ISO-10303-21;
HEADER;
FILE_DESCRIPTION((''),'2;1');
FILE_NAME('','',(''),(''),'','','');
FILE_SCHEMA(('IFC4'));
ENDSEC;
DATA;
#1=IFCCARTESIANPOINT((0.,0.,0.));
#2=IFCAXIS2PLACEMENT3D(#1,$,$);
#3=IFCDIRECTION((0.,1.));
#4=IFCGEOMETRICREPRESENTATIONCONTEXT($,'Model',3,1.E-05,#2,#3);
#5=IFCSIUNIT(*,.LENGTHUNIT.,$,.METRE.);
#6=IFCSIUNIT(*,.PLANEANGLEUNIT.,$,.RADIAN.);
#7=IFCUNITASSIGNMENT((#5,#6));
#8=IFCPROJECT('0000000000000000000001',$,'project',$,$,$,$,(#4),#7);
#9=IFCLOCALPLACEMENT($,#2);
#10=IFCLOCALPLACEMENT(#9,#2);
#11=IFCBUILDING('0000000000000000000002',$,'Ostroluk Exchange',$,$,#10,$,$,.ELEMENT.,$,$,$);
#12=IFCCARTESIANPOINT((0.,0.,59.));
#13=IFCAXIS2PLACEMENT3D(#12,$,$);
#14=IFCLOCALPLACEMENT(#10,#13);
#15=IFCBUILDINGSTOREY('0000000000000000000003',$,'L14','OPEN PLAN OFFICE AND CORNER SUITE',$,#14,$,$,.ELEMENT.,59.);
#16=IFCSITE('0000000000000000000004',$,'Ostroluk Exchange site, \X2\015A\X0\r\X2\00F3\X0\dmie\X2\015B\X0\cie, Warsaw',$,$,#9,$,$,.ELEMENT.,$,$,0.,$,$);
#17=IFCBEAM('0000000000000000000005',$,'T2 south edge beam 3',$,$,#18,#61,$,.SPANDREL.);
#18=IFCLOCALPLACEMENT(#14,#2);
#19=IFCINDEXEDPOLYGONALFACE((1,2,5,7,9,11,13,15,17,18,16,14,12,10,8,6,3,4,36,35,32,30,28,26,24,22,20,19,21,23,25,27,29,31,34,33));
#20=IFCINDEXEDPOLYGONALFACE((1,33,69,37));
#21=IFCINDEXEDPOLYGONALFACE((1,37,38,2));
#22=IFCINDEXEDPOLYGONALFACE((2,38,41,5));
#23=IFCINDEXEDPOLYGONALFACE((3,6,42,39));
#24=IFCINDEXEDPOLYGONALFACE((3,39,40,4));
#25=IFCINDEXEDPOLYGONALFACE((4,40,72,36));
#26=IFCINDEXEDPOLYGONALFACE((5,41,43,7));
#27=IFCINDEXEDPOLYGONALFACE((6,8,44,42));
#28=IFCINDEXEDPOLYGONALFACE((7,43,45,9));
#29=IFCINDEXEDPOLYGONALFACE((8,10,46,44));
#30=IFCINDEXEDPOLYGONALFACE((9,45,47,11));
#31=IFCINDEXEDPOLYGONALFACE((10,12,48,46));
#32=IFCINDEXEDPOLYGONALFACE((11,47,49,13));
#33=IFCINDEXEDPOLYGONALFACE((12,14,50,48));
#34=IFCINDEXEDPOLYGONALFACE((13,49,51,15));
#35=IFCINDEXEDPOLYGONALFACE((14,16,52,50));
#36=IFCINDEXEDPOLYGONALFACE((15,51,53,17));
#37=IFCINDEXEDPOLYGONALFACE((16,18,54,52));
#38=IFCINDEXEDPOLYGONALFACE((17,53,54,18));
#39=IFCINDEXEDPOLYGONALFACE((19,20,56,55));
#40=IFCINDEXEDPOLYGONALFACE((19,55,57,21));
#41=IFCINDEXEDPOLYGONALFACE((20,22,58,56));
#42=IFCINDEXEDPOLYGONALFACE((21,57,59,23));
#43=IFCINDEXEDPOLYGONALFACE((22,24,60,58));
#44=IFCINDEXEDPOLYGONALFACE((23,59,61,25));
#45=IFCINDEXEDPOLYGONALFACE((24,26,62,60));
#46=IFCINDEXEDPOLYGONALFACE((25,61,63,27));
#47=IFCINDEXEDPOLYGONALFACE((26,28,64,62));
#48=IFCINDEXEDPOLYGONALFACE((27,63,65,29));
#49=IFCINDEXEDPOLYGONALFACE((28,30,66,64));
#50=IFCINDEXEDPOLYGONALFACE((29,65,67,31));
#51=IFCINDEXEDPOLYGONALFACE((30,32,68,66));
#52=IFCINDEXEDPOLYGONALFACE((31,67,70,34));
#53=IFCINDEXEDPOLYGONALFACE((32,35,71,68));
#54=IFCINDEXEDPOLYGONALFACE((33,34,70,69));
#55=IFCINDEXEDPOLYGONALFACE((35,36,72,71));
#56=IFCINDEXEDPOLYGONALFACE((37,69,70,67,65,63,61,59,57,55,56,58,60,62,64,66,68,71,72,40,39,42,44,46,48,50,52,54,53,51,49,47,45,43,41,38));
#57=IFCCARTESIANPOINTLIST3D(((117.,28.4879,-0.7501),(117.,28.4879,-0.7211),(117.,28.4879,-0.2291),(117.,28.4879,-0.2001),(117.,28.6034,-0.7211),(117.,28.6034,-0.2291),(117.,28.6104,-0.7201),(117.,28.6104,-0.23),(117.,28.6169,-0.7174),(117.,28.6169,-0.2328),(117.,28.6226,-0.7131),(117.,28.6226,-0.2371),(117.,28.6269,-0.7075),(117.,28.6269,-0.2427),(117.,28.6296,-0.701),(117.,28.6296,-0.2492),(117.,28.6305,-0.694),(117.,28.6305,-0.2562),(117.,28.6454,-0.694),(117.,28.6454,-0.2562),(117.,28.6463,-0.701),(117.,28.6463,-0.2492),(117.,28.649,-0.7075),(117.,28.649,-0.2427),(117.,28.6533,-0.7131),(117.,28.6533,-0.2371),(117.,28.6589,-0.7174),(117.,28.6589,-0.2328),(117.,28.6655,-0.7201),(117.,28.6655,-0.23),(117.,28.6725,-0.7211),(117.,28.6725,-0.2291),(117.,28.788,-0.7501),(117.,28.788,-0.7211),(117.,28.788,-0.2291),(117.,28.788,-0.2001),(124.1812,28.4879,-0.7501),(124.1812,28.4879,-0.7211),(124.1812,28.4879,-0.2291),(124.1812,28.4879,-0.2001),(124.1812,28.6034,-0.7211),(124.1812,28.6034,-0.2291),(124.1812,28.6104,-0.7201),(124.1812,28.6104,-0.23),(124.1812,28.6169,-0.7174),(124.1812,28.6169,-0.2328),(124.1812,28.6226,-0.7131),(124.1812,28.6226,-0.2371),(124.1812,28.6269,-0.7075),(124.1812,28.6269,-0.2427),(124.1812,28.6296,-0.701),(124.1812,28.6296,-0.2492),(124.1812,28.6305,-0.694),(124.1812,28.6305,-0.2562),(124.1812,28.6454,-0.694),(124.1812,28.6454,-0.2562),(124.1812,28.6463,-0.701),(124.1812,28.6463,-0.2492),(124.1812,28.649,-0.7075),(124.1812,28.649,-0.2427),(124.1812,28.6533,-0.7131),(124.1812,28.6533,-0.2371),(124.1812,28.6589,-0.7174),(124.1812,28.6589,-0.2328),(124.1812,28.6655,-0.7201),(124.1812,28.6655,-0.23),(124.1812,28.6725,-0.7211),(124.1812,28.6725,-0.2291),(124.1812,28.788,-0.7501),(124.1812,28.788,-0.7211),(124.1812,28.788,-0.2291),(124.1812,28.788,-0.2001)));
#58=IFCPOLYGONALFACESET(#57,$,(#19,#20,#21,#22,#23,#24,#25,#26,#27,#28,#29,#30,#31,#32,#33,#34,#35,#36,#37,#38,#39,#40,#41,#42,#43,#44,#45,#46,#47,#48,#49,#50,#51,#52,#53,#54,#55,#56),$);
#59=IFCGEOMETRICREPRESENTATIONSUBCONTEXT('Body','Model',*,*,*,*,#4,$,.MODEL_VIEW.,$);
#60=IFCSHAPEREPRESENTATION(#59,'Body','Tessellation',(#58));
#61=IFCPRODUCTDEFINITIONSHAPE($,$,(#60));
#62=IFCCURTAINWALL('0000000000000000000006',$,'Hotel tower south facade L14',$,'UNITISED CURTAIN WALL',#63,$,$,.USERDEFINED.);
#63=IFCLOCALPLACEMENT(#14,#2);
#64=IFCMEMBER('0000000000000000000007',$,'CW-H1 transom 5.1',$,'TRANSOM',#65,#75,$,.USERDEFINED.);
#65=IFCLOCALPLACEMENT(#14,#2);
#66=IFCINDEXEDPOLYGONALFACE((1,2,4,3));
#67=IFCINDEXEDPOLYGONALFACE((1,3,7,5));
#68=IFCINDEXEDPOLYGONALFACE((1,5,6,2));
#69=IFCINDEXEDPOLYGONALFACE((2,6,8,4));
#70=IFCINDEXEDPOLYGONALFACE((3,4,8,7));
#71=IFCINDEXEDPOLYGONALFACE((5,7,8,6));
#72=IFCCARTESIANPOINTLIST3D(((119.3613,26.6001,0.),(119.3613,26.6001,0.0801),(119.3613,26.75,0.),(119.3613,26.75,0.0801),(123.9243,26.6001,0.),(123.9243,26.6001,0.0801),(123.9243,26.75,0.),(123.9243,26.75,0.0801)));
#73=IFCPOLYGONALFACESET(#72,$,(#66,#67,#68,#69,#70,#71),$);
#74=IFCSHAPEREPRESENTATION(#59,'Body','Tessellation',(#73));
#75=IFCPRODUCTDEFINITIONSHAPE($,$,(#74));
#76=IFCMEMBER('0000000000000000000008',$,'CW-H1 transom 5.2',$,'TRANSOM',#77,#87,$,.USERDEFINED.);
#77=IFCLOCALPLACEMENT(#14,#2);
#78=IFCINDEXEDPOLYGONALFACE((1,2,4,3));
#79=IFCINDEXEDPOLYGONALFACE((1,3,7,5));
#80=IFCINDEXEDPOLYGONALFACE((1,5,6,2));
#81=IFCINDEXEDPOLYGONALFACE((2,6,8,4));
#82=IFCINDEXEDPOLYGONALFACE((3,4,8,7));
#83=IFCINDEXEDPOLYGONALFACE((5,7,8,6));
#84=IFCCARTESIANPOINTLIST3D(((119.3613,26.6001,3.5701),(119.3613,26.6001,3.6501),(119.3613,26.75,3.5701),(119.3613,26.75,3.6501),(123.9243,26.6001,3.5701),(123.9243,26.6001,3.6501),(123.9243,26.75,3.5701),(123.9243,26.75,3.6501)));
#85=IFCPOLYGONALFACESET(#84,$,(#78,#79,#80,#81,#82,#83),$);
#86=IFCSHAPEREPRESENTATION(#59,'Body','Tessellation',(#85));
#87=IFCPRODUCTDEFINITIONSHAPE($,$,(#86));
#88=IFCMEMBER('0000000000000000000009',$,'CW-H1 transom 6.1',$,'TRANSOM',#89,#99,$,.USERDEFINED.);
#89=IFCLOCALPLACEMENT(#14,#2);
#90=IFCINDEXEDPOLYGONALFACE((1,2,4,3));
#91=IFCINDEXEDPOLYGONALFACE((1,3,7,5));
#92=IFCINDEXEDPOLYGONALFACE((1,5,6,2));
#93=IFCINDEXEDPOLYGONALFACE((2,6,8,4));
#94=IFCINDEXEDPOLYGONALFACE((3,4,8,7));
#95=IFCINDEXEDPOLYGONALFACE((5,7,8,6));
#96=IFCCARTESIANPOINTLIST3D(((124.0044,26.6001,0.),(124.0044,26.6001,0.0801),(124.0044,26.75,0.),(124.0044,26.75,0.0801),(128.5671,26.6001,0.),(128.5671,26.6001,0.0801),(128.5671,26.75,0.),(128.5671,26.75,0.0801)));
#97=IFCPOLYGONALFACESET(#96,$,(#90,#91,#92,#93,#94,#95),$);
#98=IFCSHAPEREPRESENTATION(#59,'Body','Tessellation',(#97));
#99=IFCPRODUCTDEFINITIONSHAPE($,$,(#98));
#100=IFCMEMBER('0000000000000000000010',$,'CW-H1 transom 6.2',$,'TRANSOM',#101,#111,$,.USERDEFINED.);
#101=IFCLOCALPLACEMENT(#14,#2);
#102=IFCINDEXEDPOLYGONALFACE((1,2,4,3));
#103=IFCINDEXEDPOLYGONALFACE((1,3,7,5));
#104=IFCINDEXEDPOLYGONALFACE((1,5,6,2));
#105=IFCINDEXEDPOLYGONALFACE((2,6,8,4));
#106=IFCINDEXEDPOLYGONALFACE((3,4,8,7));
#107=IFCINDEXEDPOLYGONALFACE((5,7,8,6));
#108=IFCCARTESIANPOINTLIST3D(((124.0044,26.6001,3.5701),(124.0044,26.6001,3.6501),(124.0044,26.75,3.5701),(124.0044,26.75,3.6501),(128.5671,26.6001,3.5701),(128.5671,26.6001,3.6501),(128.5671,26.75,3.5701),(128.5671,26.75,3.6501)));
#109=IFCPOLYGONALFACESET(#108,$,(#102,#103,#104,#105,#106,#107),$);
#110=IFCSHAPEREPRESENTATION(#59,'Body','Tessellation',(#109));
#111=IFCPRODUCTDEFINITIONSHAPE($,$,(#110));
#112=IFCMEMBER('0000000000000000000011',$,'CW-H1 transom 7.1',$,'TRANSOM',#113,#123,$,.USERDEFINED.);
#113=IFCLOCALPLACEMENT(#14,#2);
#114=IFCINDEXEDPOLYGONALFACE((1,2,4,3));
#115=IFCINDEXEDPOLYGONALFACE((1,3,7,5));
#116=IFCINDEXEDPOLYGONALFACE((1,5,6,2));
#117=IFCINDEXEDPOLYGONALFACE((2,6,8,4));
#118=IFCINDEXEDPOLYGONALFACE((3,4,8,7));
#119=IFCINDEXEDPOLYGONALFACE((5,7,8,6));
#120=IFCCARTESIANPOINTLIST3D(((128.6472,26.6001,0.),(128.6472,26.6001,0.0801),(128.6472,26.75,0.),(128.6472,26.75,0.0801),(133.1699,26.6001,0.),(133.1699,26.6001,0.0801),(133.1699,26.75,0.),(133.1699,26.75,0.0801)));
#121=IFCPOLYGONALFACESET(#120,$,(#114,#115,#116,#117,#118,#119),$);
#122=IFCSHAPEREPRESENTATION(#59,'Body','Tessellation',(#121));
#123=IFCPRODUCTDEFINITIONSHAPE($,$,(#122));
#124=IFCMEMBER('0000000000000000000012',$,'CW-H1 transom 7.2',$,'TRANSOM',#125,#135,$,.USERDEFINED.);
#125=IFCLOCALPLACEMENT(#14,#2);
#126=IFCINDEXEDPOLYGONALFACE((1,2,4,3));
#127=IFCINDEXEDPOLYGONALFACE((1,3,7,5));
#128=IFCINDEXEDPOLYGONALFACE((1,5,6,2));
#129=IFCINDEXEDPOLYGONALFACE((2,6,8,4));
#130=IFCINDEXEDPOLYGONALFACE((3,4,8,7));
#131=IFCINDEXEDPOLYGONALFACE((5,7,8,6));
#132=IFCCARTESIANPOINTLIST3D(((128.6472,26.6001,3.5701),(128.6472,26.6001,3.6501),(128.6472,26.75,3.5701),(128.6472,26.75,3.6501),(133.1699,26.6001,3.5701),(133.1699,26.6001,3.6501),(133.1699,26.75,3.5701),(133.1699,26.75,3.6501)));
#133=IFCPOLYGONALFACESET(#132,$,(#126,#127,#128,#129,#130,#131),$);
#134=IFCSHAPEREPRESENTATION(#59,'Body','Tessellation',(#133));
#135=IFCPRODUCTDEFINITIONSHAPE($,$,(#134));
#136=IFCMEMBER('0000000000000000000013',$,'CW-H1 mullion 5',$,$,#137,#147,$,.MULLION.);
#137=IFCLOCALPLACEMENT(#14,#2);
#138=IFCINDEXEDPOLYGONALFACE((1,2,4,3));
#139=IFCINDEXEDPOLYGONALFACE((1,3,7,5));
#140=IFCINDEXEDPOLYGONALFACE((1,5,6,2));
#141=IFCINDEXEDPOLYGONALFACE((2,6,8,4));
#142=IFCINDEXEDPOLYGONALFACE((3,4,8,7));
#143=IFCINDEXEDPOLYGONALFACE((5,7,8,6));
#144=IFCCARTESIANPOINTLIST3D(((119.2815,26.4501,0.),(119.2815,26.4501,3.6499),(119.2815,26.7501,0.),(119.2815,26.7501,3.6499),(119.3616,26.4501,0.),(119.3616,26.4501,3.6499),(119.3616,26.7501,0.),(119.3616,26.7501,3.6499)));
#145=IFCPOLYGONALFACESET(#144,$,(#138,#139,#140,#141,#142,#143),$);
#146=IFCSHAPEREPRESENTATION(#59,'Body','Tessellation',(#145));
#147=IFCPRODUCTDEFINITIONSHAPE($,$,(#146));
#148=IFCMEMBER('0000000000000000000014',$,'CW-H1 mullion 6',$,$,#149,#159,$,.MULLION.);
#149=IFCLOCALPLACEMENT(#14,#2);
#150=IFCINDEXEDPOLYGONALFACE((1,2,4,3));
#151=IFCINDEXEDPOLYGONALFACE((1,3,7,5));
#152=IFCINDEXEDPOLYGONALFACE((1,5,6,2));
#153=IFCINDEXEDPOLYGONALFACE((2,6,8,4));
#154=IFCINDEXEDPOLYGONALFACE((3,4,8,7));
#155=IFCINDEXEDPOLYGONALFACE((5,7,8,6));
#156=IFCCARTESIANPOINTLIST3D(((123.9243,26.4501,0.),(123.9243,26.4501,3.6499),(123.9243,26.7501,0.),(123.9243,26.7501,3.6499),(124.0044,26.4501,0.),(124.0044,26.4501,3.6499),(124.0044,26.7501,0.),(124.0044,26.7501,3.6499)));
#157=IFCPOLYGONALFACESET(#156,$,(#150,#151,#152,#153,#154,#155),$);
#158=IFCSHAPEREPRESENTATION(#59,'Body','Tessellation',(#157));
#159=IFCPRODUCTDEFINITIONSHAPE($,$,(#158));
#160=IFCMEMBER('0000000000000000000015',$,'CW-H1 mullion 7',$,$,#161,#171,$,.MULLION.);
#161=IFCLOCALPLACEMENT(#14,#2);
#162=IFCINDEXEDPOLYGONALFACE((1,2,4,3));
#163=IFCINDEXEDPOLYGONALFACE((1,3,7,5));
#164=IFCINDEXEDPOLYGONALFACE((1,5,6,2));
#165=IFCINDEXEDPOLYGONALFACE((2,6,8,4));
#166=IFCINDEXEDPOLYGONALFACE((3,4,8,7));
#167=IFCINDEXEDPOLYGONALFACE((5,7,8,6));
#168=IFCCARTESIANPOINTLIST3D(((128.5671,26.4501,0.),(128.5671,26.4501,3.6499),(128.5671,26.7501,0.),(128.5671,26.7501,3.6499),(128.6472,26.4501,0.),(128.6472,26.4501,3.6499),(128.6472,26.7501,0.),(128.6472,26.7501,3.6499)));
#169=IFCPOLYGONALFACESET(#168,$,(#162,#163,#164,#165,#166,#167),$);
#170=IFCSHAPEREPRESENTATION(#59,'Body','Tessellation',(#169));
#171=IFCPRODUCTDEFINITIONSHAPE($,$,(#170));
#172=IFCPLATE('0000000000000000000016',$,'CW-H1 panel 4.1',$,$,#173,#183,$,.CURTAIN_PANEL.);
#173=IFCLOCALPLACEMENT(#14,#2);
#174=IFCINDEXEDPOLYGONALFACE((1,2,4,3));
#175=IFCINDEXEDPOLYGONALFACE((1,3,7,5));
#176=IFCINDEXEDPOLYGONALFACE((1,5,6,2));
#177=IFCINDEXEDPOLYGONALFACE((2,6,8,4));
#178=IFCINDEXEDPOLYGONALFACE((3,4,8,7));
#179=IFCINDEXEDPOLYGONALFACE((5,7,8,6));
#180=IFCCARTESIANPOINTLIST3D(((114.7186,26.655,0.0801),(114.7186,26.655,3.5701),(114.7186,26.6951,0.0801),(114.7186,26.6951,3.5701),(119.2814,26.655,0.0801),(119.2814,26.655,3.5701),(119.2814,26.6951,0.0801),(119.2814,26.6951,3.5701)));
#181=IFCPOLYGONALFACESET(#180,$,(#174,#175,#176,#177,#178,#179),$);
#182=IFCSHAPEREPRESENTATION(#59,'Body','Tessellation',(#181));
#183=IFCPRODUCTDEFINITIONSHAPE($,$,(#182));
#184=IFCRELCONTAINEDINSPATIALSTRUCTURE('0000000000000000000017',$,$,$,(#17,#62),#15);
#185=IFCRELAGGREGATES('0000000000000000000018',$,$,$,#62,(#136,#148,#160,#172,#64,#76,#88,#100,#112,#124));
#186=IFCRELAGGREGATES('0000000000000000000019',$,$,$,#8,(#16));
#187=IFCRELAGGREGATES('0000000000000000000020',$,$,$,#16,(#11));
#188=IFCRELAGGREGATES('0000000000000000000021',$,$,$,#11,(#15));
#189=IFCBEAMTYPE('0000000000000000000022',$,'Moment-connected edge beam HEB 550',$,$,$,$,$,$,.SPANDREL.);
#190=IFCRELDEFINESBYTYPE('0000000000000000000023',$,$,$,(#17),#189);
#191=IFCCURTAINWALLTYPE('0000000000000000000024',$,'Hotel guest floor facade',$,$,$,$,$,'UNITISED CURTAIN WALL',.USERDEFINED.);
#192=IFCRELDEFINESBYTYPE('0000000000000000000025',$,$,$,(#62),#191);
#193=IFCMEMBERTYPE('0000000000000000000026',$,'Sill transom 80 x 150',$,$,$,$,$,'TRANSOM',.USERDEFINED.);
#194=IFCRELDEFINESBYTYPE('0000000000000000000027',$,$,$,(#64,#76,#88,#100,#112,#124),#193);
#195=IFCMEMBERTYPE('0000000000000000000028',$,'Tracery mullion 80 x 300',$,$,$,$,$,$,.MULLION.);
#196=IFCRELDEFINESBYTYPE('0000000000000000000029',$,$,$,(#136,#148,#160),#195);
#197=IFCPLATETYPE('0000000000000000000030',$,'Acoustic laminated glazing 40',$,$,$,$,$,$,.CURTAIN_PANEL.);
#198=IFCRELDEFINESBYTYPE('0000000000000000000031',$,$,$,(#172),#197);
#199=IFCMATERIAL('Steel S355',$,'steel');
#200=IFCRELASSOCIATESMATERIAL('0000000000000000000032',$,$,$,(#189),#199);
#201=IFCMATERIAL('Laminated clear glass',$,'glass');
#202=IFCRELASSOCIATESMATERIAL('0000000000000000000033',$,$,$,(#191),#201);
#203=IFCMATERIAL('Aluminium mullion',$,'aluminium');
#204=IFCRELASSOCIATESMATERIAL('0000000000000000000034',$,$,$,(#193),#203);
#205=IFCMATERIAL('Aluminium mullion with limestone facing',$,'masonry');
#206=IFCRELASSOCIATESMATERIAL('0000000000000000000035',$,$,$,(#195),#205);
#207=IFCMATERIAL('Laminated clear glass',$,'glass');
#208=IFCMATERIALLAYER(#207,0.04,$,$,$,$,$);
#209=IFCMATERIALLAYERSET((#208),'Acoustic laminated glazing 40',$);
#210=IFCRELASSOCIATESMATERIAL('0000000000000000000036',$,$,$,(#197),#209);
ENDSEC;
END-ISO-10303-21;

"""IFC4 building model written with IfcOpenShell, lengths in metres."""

from ifc_helpers import new_model, si_unit, direction, frame, origin, origin_2d, place, context, subcontext, project, spatial, rectangle, i_section, extrude, material, layer, layer_set, material_profile, profile_set, type_object, element, aggregate, save


model = new_model("IFC4")

# Units and contexts
model_context = context("Model", 3, precision=1e-05, world=origin(), true_north=direction((0.0, 1.0)))
body_context = subcontext(model_context, "Body", "Model", "MODEL_VIEW")
ifc_project = project(units=[si_unit("LENGTHUNIT", "METRE"), si_unit("PLANEANGLEUNIT", "RADIAN")], contexts=[model_context])

# Site, building, storey
site_placement = place(None, origin())
site = spatial("IfcSite", under=ifc_project, at=site_placement, Name="Ostroluk Exchange site, Śródmieście, Warsaw", CompositionType="ELEMENT", RefElevation=0.0)
building_placement = place(site_placement, origin())
building = spatial("IfcBuilding", under=site, at=building_placement, Name="Ostroluk Exchange", CompositionType="ELEMENT")
storey_placement = place(building_placement, frame((0.0, 0.0, 59.0)))
storey = spatial("IfcBuildingStorey", under=building, at=storey_placement, Name="L14", Description="OPEN PLAN OFFICE AND CORNER SUITE", CompositionType="ELEMENT", Elevation=59.0)

# Beam
ifc_material_1 = material(Name="Steel S355", Category="steel")
ifc_material_profile_1 = material_profile(ifc_material_1, i_section(OverallWidth=0.3, OverallDepth=0.55, WebThickness=0.0149, FlangeThickness=0.0291, FilletRadius=0.0271, at=origin_2d()), Name="HEB 550")
ifc_profile_set_1 = profile_set([ifc_material_profile_1], Name="Steel S355")
beam_type = type_object("IfcBeamType", Name="Moment-connected edge beam HEB 550", PredefinedType="SPANDREL", material=ifc_profile_set_1)
beam_placement = place(storey_placement, frame((117.0, 28.6379, -0.4751), z_axis=(1.0, 0.0, 0.0), x_axis=(0.0, 1.0, 0.0)))
element("IfcBeam", 1, at=beam_placement, inside=storey, type_object=beam_type, Name="T2 south edge beam 3", PredefinedType="SPANDREL", context=body_context, shape_type="SweptSolid", body=[
    extrude(i_section(OverallWidth=0.3, OverallDepth=0.55, WebThickness=0.0149, FlangeThickness=0.0291, FilletRadius=0.0271, at=origin_2d()), origin(), (0.0, 0.0, 1.0), 7.1812),
])

# Curtain wall, members, plate
ifc_material_2 = material(Name="Laminated clear glass", Category="glass")
curtain_wall_type = type_object("IfcCurtainWallType", Name="Hotel guest floor facade", ElementType="UNITISED CURTAIN WALL", PredefinedType="USERDEFINED", material=ifc_material_2)
curtain_wall_placement = place(storey_placement, origin())
curtain_wall = element("IfcCurtainWall", 2, at=curtain_wall_placement, inside=storey, type_object=curtain_wall_type, Name="Hotel tower south facade L14", ObjectType="UNITISED CURTAIN WALL", PredefinedType="USERDEFINED")
ifc_material_3 = material(Name="Aluminium mullion", Category="aluminium")
ifc_material_profile_2 = material_profile(ifc_material_3, rectangle(XDim=0.1499, YDim=0.0801, at=origin_2d()), Name="Sill transom 80 x 150")
ifc_profile_set_2 = profile_set([ifc_material_profile_2], Name="Aluminium mullion")
member_type_1 = type_object("IfcMemberType", Name="Sill transom 80 x 150", ElementType="TRANSOM", PredefinedType="USERDEFINED", material=ifc_profile_set_2)
member_1_placement = place(storey_placement, frame((119.3613, 26.675, 0.04), z_axis=(1.0, 0.0, 0.0), x_axis=(0.0, 1.0, 0.0)))
member_1 = element("IfcMember", 3, at=member_1_placement, type_object=member_type_1, Name="CW-H1 transom 5.1", ObjectType="TRANSOM", PredefinedType="USERDEFINED", context=body_context, shape_type="SweptSolid", body=[
    extrude(rectangle(XDim=0.1499, YDim=0.0801, at=origin_2d()), origin(), (0.0, 0.0, 1.0), 4.563),
])
member_2_placement = place(storey_placement, frame((119.3613, 26.675, 3.6101), z_axis=(1.0, 0.0, 0.0), x_axis=(0.0, 1.0, 0.0)))
member_2 = element("IfcMember", 4, at=member_2_placement, type_object=member_type_1, Name="CW-H1 transom 5.2", ObjectType="TRANSOM", PredefinedType="USERDEFINED", context=body_context, shape_type="SweptSolid", body=[
    extrude(rectangle(XDim=0.1499, YDim=0.0801, at=origin_2d()), origin(), (0.0, 0.0, 1.0), 4.563),
])
member_3_placement = place(storey_placement, frame((124.0044, 26.675, 0.04), z_axis=(1.0, 0.0, 0.0), x_axis=(0.0, 1.0, 0.0)))
member_3 = element("IfcMember", 5, at=member_3_placement, type_object=member_type_1, Name="CW-H1 transom 6.1", ObjectType="TRANSOM", PredefinedType="USERDEFINED", context=body_context, shape_type="SweptSolid", body=[
    extrude(rectangle(XDim=0.1499, YDim=0.0801, at=origin_2d()), origin(), (0.0, 0.0, 1.0), 4.5627),
])
member_4_placement = place(storey_placement, frame((124.0044, 26.675, 3.6101), z_axis=(1.0, 0.0, 0.0), x_axis=(0.0, 1.0, 0.0)))
member_4 = element("IfcMember", 6, at=member_4_placement, type_object=member_type_1, Name="CW-H1 transom 6.2", ObjectType="TRANSOM", PredefinedType="USERDEFINED", context=body_context, shape_type="SweptSolid", body=[
    extrude(rectangle(XDim=0.1499, YDim=0.0801, at=origin_2d()), origin(), (0.0, 0.0, 1.0), 4.5627),
])
member_5_placement = place(storey_placement, frame((128.6472, 26.675, 0.04), z_axis=(1.0, 0.0, 0.0), x_axis=(0.0, 1.0, 0.0)))
member_5 = element("IfcMember", 7, at=member_5_placement, type_object=member_type_1, Name="CW-H1 transom 7.1", ObjectType="TRANSOM", PredefinedType="USERDEFINED", context=body_context, shape_type="SweptSolid", body=[
    extrude(rectangle(XDim=0.1499, YDim=0.0801, at=origin_2d()), origin(), (0.0, 0.0, 1.0), 4.5227),
])
member_6_placement = place(storey_placement, frame((128.6472, 26.675, 3.6101), z_axis=(1.0, 0.0, 0.0), x_axis=(0.0, 1.0, 0.0)))
member_6 = element("IfcMember", 8, at=member_6_placement, type_object=member_type_1, Name="CW-H1 transom 7.2", ObjectType="TRANSOM", PredefinedType="USERDEFINED", context=body_context, shape_type="SweptSolid", body=[
    extrude(rectangle(XDim=0.1499, YDim=0.0801, at=origin_2d()), origin(), (0.0, 0.0, 1.0), 4.5227),
])
ifc_material_4 = material(Name="Aluminium mullion with limestone facing", Category="masonry")
ifc_material_profile_3 = material_profile(ifc_material_4, rectangle(XDim=0.3, YDim=0.0801, at=origin_2d()), Name="Tracery mullion 80 x 300")
ifc_profile_set_3 = profile_set([ifc_material_profile_3], Name="Aluminium mullion with limestone facing")
member_type_2 = type_object("IfcMemberType", Name="Tracery mullion 80 x 300", PredefinedType="MULLION", material=ifc_profile_set_3)
member_7_placement = place(storey_placement, frame((119.3215, 26.6001, 0.0), z_axis=(0.0, 0.0, 1.0), x_axis=(0.0, 1.0, 0.0)))
member_7 = element("IfcMember", 9, at=member_7_placement, type_object=member_type_2, Name="CW-H1 mullion 5", PredefinedType="MULLION", context=body_context, shape_type="SweptSolid", body=[
    extrude(rectangle(XDim=0.3, YDim=0.0801, at=origin_2d()), origin(), (0.0, 0.0, 1.0), 3.6499),
])
member_8_placement = place(storey_placement, frame((123.9644, 26.6001, 0.0), z_axis=(0.0, 0.0, 1.0), x_axis=(0.0, 1.0, 0.0)))
member_8 = element("IfcMember", 10, at=member_8_placement, type_object=member_type_2, Name="CW-H1 mullion 6", PredefinedType="MULLION", context=body_context, shape_type="SweptSolid", body=[
    extrude(rectangle(XDim=0.3, YDim=0.0801, at=origin_2d()), origin(), (0.0, 0.0, 1.0), 3.6499),
])
member_9_placement = place(storey_placement, frame((128.6072, 26.6001, 0.0), z_axis=(0.0, 0.0, 1.0), x_axis=(0.0, 1.0, 0.0)))
member_9 = element("IfcMember", 11, at=member_9_placement, type_object=member_type_2, Name="CW-H1 mullion 7", PredefinedType="MULLION", context=body_context, shape_type="SweptSolid", body=[
    extrude(rectangle(XDim=0.3, YDim=0.0801, at=origin_2d()), origin(), (0.0, 0.0, 1.0), 3.6499),
])
ifc_material_5 = material(Name="Laminated clear glass", Category="glass")
ifc_layer_1 = layer(ifc_material_5, 0.04)
ifc_layer_set_1 = layer_set([ifc_layer_1], Name="Acoustic laminated glazing 40")
plate_type = type_object("IfcPlateType", Name="Acoustic laminated glazing 40", PredefinedType="CURTAIN_PANEL", material=ifc_layer_set_1)
plate_1_placement = place(storey_placement, frame((117.0, 26.675, 0.0801), z_axis=(0.0, 0.0, 1.0), x_axis=(1.0, 0.0, 0.0)))
plate_1 = element("IfcPlate", 12, at=plate_1_placement, type_object=plate_type, Name="CW-H1 panel 4.1", PredefinedType="CURTAIN_PANEL", context=body_context, shape_type="SweptSolid", body=[
    extrude(rectangle(XDim=4.5627, YDim=0.04, at=origin_2d()), origin(), (0.0, 0.0, 1.0), 3.49),
])
aggregate(curtain_wall, [member_7, member_8, member_9, plate_1, member_1, member_2, member_3, member_4, member_5, member_6])

save(model, "model.ifc")
